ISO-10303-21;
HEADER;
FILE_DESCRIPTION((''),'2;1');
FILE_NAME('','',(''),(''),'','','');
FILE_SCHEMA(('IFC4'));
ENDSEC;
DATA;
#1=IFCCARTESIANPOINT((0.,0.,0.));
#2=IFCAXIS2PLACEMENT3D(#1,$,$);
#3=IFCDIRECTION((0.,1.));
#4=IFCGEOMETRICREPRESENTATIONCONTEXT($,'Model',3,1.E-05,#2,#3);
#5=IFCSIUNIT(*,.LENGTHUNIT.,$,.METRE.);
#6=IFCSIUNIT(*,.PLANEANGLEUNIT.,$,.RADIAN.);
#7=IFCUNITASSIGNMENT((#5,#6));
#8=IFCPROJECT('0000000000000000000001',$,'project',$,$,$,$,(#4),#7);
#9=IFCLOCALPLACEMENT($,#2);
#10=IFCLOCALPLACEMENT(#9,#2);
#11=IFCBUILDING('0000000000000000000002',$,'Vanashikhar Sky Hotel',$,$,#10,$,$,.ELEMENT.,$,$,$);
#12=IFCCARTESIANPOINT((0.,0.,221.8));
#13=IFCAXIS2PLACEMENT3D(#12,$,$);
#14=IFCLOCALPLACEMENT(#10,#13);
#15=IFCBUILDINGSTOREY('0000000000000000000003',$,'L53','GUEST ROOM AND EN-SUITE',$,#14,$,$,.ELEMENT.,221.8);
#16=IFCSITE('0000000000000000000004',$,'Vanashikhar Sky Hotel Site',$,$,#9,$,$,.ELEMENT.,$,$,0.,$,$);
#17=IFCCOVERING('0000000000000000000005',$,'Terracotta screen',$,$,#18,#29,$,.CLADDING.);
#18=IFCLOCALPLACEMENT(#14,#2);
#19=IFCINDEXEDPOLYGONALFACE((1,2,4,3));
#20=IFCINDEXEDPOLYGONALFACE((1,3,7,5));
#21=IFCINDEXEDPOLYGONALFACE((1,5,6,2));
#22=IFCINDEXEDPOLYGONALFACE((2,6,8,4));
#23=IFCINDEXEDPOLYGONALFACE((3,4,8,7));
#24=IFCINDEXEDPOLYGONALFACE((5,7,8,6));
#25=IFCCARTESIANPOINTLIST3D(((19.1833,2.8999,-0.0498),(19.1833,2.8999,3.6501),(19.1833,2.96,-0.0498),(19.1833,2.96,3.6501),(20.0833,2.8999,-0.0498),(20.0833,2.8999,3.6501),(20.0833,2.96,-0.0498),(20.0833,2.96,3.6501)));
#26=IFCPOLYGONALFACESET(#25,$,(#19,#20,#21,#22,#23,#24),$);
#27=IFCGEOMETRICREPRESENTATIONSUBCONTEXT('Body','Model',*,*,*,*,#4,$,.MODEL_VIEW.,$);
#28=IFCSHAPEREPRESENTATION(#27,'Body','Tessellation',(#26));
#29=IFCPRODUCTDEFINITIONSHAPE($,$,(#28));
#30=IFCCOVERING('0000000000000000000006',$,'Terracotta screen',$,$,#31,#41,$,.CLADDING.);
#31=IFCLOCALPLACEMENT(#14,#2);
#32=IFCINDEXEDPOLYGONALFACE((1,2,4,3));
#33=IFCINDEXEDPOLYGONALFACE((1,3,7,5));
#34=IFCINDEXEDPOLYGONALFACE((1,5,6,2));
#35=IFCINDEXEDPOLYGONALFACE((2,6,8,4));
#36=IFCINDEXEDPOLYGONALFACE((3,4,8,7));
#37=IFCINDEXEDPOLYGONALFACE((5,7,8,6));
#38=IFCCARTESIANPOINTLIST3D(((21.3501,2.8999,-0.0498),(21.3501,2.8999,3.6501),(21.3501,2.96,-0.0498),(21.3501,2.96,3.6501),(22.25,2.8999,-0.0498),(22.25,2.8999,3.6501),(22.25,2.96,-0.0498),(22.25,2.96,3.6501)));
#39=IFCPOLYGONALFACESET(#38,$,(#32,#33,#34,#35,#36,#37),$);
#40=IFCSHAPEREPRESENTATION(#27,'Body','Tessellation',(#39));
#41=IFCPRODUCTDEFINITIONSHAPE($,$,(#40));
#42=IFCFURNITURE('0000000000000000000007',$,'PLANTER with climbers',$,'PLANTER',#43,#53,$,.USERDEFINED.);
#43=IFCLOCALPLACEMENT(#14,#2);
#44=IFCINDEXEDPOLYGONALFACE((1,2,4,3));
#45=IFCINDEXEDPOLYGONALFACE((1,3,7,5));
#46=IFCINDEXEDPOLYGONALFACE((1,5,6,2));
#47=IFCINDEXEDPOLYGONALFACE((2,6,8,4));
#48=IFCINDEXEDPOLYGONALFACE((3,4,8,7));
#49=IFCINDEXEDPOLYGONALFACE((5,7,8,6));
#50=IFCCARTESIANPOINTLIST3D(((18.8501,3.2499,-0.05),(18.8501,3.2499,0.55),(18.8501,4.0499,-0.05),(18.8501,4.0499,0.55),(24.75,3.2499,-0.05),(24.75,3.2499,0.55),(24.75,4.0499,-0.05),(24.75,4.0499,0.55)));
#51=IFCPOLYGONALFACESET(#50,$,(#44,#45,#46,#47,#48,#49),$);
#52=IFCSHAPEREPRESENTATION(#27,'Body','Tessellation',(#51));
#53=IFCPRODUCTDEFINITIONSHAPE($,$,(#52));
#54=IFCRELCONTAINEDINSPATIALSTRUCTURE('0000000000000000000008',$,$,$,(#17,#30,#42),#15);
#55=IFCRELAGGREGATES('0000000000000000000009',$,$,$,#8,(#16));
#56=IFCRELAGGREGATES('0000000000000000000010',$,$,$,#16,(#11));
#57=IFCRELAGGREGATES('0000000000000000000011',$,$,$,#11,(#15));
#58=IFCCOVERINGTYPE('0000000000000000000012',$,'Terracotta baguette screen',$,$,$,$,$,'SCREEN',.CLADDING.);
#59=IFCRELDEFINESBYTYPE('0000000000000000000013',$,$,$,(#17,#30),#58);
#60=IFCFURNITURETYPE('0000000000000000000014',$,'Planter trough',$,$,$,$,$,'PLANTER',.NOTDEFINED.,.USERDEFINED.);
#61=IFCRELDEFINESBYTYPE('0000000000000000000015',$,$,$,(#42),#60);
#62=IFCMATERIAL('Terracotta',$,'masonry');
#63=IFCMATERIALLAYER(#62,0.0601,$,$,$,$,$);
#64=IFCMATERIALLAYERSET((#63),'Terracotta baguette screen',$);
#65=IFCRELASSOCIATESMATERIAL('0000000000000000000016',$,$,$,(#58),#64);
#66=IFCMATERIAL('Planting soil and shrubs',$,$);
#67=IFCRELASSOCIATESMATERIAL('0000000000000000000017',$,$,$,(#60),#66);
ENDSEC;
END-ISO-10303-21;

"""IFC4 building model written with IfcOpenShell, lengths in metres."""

from ifc_helpers import new_model, si_unit, direction, frame, origin, origin_2d, place, context, subcontext, project, spatial, rectangle, extrude, source, transform, mapped, material, layer, layer_set, type_object, element, save


model = new_model("IFC4")

# Units and contexts
model_context = context("Model", 3, precision=1e-05, world=origin(), true_north=direction((0.0, 1.0)))
body_context = subcontext(model_context, "Body", "Model", "MODEL_VIEW")
ifc_project = project(units=[si_unit("LENGTHUNIT", "METRE"), si_unit("PLANEANGLEUNIT", "RADIAN")], contexts=[model_context])

# Site, building, storey
site_placement = place(None, origin())
site = spatial("IfcSite", under=ifc_project, at=site_placement, Name="Vanashikhar Sky Hotel Site", CompositionType="ELEMENT", RefElevation=0.0)
building_placement = place(site_placement, origin())
building = spatial("IfcBuilding", under=site, at=building_placement, Name="Vanashikhar Sky Hotel", CompositionType="ELEMENT")
storey_placement = place(building_placement, frame((0.0, 0.0, 221.8)))
storey = spatial("IfcBuildingStorey", under=building, at=storey_placement, Name="L53", Description="GUEST ROOM AND EN-SUITE", CompositionType="ELEMENT", Elevation=221.8)

# Coverings
ifc_material_1 = material(Name="Terracotta", Category="masonry")
ifc_layer_1 = layer(ifc_material_1, 0.0601)
ifc_layer_set_1 = layer_set([ifc_layer_1], Name="Terracotta baguette screen")
covering_type = type_object("IfcCoveringType", Name="Terracotta baguette screen", ElementType="SCREEN", PredefinedType="CLADDING", material=ifc_layer_set_1)
shared_shape_1 = source(origin(), body_context, "Body", "SweptSolid", [
    extrude(rectangle(XDim=0.8999, YDim=0.0601, at=origin_2d()), origin(), (0.0, 0.0, 1.0), 3.7),
])
for number, where, z_axis, x_axis, name in (
    (1, (19.6333, 2.9299, -0.0498), (0.0, 0.0, 1.0), (1.0, 0.0, 0.0), "Terracotta screen"),
    (2, (21.8, 2.9299, -0.0498), (0.0, 0.0, 1.0), (1.0, 0.0, 0.0), "Terracotta screen"),
):
    element("IfcCovering", number, at=place(storey_placement, frame(where, z_axis=z_axis, x_axis=x_axis)), inside=storey, type_object=covering_type, Name=name, PredefinedType="CLADDING", context=body_context, shape_type="MappedRepresentation", body=[
        mapped(shared_shape_1, transform((0.0, 0.0, 0.0), scale=1.0)),
    ])

# Furniture
ifc_material_2 = material(Name="Planting soil and shrubs")
furniture_type = type_object("IfcFurnitureType", Name="Planter trough", ElementType="PLANTER", AssemblyPlace="NOTDEFINED", PredefinedType="USERDEFINED", material=ifc_material_2)
shared_shape_2 = source(origin(), body_context, "Body", "SweptSolid", [
    extrude(rectangle(XDim=5.8999, YDim=0.8, at=origin_2d()), origin(), (0.0, 0.0, 1.0), 0.6001),
])
furniture_placement = place(storey_placement, frame((21.8, 3.6499, -0.05), z_axis=(0.0, 0.0, 1.0), x_axis=(1.0, 0.0, 0.0)))
element("IfcFurniture", 3, at=furniture_placement, inside=storey, type_object=furniture_type, Name="PLANTER with climbers", ObjectType="PLANTER", PredefinedType="USERDEFINED", context=body_context, shape_type="MappedRepresentation", body=[
    mapped(shared_shape_2, transform((0.0, 0.0, 0.0), scale=1.0)),
])

save(model, "model.ifc")
